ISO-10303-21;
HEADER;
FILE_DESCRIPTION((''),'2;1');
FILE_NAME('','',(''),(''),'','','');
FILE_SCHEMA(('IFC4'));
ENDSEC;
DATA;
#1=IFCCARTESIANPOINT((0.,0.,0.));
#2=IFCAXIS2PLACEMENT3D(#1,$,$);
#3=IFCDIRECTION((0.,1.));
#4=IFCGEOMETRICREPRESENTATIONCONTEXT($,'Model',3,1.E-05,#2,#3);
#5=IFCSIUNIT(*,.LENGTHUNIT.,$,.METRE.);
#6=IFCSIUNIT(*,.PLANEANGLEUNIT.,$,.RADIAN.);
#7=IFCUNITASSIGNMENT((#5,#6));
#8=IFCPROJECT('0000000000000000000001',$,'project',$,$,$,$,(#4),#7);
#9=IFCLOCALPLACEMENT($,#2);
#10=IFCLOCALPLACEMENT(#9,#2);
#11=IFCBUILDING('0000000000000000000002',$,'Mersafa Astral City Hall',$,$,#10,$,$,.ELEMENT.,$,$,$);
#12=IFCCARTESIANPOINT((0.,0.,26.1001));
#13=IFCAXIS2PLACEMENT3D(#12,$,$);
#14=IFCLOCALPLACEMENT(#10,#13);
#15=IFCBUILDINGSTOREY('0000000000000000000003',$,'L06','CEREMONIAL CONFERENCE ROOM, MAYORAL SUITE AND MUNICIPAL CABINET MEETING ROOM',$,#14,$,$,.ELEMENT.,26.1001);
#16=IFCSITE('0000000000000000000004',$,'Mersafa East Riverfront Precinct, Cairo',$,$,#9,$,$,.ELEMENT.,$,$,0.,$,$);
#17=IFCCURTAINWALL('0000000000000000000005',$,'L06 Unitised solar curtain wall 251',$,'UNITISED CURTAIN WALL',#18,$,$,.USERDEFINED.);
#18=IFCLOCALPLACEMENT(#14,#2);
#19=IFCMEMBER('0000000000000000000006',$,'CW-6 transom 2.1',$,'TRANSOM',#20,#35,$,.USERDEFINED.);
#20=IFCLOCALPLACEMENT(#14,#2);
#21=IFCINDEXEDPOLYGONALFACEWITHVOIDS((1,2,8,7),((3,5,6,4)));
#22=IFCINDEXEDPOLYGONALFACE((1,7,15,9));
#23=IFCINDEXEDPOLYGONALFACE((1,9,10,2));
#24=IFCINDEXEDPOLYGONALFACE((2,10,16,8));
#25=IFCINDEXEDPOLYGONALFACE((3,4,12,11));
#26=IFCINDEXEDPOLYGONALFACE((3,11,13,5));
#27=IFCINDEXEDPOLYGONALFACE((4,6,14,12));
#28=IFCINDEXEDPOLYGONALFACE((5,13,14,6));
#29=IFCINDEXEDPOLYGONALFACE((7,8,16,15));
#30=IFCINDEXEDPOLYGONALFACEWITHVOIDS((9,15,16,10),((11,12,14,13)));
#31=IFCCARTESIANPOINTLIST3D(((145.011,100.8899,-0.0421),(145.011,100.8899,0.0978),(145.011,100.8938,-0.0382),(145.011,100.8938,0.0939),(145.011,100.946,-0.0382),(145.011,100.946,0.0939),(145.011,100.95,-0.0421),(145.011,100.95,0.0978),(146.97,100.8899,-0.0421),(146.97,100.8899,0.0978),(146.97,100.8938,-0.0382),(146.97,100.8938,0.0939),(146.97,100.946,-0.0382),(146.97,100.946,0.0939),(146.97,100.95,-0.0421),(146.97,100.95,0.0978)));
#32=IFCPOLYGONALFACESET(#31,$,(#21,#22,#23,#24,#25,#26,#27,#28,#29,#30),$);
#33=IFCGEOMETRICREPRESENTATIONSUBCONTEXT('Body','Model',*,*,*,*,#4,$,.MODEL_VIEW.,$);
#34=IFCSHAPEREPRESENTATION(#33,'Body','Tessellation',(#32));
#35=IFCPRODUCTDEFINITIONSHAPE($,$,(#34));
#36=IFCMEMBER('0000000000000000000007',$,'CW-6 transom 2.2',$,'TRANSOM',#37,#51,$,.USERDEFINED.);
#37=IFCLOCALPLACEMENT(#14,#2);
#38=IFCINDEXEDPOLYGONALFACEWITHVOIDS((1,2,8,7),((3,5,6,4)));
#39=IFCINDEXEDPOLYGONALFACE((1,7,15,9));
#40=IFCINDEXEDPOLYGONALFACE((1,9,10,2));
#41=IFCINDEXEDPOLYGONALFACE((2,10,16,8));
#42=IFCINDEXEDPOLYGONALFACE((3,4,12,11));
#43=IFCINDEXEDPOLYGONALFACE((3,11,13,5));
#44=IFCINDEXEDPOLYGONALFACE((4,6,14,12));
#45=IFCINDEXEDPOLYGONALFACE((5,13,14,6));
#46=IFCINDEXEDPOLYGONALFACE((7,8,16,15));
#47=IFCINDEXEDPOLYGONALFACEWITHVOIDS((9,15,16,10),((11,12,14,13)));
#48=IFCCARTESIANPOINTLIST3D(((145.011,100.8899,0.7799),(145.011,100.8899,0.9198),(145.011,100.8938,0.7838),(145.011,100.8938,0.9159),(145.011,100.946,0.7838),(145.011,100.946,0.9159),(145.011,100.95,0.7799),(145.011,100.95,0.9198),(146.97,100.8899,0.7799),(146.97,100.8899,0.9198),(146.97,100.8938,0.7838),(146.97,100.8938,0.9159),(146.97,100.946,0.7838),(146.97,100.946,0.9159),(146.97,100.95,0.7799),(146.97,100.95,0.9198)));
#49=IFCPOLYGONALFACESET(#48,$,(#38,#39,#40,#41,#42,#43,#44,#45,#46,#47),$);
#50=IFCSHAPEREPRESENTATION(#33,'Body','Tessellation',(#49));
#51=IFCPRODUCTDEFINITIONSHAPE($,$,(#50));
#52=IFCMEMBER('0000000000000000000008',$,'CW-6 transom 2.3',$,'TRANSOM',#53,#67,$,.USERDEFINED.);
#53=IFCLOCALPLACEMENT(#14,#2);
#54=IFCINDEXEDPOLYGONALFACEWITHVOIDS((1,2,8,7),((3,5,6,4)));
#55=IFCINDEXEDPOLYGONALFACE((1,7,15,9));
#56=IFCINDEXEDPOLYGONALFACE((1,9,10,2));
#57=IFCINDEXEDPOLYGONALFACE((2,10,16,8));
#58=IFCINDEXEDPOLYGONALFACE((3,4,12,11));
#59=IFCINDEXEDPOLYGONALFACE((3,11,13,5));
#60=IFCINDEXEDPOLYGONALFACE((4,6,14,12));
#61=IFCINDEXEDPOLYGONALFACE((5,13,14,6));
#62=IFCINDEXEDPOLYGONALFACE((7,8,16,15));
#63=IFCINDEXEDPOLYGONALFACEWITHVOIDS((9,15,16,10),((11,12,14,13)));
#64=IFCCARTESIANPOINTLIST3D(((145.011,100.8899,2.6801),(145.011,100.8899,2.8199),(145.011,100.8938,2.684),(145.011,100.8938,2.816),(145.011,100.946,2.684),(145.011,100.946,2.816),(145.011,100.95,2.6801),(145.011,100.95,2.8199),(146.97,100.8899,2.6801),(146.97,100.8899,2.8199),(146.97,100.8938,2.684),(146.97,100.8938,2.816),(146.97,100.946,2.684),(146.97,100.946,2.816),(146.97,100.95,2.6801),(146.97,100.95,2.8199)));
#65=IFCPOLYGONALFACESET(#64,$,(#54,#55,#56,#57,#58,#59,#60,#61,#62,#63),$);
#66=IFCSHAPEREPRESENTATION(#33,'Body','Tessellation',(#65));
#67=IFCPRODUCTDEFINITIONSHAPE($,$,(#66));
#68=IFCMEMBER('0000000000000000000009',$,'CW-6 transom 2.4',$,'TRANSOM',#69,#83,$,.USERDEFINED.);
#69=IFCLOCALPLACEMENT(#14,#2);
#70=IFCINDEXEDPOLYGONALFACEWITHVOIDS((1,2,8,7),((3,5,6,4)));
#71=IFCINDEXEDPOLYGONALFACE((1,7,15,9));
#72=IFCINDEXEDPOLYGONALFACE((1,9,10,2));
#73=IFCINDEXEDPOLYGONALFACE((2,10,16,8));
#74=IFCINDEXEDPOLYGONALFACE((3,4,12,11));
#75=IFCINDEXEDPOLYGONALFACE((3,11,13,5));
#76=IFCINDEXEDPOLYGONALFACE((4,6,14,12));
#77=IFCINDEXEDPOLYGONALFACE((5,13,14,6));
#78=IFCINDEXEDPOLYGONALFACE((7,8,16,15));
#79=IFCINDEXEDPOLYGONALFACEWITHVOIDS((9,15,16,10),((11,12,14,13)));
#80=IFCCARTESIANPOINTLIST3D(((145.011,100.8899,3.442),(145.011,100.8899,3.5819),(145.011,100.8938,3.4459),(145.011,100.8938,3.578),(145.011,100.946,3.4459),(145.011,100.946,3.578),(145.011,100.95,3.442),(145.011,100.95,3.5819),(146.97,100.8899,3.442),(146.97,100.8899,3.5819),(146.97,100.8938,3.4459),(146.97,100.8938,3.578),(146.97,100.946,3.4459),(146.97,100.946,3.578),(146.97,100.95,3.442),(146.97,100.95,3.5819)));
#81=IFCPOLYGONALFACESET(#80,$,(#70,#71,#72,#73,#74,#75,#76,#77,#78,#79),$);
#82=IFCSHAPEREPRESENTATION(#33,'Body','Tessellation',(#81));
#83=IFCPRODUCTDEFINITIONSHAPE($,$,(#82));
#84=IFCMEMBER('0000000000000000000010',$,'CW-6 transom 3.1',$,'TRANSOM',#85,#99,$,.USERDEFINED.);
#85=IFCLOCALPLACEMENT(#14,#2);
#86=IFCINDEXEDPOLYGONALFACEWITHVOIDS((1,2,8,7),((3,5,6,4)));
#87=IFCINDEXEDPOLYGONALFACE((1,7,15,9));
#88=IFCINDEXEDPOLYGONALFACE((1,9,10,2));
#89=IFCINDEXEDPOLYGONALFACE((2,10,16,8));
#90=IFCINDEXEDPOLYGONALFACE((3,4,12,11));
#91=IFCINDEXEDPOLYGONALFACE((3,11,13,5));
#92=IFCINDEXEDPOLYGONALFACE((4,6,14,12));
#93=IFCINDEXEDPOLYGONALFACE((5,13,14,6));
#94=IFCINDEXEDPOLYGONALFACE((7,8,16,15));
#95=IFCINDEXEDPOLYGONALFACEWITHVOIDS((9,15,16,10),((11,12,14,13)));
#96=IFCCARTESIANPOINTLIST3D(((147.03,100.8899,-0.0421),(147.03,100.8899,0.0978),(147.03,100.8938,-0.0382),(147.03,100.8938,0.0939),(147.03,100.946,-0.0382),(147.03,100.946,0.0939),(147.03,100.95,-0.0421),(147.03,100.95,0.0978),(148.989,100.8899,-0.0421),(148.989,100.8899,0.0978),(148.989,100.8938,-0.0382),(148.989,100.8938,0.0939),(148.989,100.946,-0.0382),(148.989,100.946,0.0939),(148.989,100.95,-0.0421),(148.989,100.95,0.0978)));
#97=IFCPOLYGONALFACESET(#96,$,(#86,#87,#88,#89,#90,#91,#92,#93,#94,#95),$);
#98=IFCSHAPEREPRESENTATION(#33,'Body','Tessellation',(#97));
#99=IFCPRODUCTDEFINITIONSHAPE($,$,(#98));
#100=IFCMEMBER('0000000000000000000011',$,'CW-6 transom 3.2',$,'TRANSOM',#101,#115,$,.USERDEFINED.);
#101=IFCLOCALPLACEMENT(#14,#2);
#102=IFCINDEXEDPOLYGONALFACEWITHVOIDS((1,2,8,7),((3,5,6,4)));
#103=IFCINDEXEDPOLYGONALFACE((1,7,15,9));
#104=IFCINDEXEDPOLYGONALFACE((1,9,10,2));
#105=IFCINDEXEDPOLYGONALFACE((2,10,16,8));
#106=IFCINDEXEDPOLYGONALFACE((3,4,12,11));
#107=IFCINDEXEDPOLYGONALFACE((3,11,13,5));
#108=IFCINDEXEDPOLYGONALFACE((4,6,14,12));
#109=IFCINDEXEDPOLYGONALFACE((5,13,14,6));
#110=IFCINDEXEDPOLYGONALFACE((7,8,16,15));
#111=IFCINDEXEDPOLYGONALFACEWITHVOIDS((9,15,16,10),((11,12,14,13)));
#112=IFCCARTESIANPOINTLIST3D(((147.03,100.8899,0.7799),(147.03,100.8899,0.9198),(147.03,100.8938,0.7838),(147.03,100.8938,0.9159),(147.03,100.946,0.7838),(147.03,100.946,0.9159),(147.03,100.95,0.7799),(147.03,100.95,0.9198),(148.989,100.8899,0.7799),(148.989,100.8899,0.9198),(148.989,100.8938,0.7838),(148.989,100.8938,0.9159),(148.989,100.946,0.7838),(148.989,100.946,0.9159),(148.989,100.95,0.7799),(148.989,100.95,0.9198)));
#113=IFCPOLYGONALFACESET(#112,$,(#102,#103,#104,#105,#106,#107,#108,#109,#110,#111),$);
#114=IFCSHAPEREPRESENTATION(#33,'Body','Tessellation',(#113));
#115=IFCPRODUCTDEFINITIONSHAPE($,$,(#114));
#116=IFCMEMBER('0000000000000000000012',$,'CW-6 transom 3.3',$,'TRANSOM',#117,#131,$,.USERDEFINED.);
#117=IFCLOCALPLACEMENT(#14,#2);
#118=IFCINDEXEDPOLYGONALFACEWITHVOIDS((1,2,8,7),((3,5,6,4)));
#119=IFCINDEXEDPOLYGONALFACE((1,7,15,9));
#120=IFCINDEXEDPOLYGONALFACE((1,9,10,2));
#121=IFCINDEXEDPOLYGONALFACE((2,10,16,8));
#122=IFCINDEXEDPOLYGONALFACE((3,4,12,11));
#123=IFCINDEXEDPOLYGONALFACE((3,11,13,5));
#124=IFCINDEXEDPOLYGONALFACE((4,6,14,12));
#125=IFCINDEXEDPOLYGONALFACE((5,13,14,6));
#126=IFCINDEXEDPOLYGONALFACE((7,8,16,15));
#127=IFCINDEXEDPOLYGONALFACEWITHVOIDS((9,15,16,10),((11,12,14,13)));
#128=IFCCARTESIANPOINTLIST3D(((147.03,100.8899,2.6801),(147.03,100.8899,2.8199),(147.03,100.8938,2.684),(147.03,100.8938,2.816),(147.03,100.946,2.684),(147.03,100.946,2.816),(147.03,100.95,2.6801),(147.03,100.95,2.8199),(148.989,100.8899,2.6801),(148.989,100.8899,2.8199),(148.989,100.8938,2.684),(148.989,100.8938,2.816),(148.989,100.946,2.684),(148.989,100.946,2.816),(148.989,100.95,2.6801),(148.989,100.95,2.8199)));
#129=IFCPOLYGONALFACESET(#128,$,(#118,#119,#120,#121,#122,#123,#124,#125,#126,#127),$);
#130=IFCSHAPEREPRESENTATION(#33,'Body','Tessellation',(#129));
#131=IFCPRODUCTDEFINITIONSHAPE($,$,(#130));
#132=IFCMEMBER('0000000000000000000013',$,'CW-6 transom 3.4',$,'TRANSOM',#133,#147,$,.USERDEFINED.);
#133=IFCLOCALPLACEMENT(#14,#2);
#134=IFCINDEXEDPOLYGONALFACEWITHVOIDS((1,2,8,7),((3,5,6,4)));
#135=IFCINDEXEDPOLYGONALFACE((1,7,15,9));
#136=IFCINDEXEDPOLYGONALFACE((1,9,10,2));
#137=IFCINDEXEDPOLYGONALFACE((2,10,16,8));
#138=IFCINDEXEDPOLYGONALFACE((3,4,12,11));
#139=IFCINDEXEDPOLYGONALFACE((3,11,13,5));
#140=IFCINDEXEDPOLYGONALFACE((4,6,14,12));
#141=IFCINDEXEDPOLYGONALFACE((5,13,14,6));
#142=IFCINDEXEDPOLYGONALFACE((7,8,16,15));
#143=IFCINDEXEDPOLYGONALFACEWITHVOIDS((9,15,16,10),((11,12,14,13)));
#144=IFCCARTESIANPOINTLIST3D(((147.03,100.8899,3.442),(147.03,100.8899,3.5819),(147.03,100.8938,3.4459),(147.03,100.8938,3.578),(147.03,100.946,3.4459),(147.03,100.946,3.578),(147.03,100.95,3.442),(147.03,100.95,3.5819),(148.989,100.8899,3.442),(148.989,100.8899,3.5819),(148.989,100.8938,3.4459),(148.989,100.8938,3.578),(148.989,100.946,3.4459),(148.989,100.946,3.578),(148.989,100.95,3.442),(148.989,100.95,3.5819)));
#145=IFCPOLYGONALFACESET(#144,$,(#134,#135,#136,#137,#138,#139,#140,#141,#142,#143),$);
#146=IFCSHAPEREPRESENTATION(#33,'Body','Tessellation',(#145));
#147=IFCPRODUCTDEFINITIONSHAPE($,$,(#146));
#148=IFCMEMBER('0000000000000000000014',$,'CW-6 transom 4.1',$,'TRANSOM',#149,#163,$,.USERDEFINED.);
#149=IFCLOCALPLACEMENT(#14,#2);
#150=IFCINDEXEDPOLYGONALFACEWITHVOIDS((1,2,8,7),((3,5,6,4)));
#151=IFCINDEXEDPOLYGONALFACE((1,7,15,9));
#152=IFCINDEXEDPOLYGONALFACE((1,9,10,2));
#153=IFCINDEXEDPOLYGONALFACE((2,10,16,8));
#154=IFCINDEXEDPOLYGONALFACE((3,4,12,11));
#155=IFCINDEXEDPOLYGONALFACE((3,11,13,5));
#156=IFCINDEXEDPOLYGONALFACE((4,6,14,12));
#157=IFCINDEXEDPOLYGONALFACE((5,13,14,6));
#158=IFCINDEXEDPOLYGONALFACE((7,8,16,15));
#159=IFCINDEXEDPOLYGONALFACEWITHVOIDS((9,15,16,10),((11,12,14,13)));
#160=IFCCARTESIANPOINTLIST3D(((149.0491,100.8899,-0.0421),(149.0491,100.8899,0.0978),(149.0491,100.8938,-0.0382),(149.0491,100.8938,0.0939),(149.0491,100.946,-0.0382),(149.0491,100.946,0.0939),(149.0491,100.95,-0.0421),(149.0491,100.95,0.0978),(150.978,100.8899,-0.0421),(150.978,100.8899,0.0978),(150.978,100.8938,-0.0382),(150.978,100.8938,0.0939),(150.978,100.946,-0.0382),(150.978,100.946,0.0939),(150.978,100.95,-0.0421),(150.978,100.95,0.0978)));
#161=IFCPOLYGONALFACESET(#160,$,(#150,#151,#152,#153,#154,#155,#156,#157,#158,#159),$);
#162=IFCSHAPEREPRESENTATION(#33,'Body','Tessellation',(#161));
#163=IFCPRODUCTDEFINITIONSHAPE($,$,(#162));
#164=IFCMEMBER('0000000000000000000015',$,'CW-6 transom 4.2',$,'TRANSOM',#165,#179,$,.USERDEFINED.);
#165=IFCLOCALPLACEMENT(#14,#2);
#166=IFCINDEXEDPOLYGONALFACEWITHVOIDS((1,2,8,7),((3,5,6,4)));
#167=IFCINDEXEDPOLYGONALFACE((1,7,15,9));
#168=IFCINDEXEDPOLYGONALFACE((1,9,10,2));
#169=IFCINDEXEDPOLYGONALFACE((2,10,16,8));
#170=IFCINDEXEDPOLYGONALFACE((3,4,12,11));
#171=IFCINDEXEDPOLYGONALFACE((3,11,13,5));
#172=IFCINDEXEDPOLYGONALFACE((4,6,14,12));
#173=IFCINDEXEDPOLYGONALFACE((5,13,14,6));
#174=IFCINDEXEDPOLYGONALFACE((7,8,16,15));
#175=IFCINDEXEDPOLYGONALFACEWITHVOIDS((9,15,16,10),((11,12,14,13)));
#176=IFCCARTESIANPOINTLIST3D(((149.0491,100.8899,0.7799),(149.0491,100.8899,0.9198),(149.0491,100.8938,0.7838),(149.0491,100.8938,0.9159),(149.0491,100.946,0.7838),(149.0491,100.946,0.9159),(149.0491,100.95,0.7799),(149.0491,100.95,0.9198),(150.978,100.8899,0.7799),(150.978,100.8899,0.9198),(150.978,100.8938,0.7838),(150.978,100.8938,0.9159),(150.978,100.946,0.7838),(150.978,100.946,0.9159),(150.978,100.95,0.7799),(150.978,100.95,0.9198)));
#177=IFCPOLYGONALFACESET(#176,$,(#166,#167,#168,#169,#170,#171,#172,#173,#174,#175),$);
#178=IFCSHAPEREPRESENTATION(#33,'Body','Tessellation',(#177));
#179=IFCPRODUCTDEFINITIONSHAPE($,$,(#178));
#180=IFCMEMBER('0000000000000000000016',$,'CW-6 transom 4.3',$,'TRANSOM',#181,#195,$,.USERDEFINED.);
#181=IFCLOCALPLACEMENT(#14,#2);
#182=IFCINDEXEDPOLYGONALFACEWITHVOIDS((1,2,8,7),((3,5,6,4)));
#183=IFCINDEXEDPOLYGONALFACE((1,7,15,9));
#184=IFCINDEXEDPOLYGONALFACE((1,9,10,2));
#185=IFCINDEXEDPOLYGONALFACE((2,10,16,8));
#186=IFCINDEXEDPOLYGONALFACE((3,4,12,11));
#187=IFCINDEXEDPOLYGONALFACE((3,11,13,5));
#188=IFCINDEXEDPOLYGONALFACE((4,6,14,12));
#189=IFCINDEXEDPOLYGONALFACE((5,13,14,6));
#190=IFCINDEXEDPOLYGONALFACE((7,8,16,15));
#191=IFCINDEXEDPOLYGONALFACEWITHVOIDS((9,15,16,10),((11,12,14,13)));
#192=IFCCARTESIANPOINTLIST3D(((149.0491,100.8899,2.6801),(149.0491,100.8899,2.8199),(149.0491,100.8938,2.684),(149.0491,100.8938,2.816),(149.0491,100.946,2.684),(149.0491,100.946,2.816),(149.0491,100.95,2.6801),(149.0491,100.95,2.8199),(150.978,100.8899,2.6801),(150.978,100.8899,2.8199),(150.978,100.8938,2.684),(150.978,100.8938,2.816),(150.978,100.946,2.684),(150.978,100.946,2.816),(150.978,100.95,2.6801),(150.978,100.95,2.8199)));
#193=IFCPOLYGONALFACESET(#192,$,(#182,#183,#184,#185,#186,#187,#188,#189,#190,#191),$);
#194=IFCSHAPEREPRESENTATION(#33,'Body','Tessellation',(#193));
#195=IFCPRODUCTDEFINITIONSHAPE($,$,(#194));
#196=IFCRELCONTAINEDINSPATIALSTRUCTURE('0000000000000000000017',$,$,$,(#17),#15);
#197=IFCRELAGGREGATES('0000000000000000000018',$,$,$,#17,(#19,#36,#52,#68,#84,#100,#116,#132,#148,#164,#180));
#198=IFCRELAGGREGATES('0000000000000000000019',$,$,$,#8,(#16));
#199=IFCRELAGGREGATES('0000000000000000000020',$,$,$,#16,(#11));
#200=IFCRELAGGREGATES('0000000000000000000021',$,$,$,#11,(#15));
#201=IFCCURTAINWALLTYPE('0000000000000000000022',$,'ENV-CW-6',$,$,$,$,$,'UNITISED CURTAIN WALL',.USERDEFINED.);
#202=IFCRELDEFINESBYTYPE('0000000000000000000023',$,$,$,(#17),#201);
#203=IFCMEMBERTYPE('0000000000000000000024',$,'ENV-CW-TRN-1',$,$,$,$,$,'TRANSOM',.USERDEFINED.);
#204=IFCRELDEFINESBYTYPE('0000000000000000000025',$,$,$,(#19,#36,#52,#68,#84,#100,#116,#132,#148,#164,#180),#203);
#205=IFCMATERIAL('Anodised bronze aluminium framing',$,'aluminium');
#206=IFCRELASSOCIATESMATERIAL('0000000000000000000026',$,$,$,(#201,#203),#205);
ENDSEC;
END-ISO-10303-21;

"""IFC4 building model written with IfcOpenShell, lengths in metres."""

from ifc_helpers import new_model, si_unit, direction, frame, origin, origin_2d, place, context, subcontext, project, spatial, hollow_rectangle, extrude, material, material_profile, profile_set, type_object, element, aggregate, save


model = new_model("IFC4")

# Units and contexts
model_context = context("Model", 3, precision=1e-05, world=origin(), true_north=direction((0.0, 1.0)))
body_context = subcontext(model_context, "Body", "Model", "MODEL_VIEW")
ifc_project = project(units=[si_unit("LENGTHUNIT", "METRE"), si_unit("PLANEANGLEUNIT", "RADIAN")], contexts=[model_context])

# Site, building, storey
site_placement = place(None, origin())
site = spatial("IfcSite", under=ifc_project, at=site_placement, Name="Mersafa East Riverfront Precinct, Cairo", CompositionType="ELEMENT", RefElevation=0.0)
building_placement = place(site_placement, origin())
building = spatial("IfcBuilding", under=site, at=building_placement, Name="Mersafa Astral City Hall", CompositionType="ELEMENT")
storey_placement = place(building_placement, frame((0.0, 0.0, 26.1001)))
storey = spatial("IfcBuildingStorey", under=building, at=storey_placement, Name="L06", Description="CEREMONIAL CONFERENCE ROOM, MAYORAL SUITE AND MUNICIPAL CABINET MEETING ROOM", CompositionType="ELEMENT", Elevation=26.1001)

# Curtain wall, members
ifc_material_1 = material(Name="Anodised bronze aluminium framing", Category="aluminium")
curtain_wall_type = type_object("IfcCurtainWallType", Name="ENV-CW-6", ElementType="UNITISED CURTAIN WALL", PredefinedType="USERDEFINED", material=ifc_material_1)
curtain_wall_placement = place(storey_placement, origin())
curtain_wall = element("IfcCurtainWall", 1, at=curtain_wall_placement, inside=storey, type_object=curtain_wall_type, Name="L06 Unitised solar curtain wall 251", ObjectType="UNITISED CURTAIN WALL", PredefinedType="USERDEFINED")
ifc_material_profile_1 = material_profile(ifc_material_1, hollow_rectangle(XDim=0.0601, YDim=0.1399, WallThickness=0.0039, at=origin_2d()), Name="RHS 60x140x4")
ifc_profile_set_1 = profile_set([ifc_material_profile_1], Name="Anodised bronze aluminium framing")
member_type_1 = type_object("IfcMemberType", Name="ENV-CW-TRN-1", ElementType="TRANSOM", PredefinedType="USERDEFINED", material=ifc_profile_set_1)
member_1_placement = place(storey_placement, frame((145.011, 100.9199, 0.0278), z_axis=(1.0, 0.0, 0.0), x_axis=(0.0, 1.0, 0.0)))
member_1 = element("IfcMember", 2, at=member_1_placement, type_object=member_type_1, Name="CW-6 transom 2.1", ObjectType="TRANSOM", PredefinedType="USERDEFINED", context=body_context, shape_type="SweptSolid", body=[
    extrude(hollow_rectangle(XDim=0.0601, YDim=0.1399, WallThickness=0.0039, at=origin_2d()), origin(), (0.0, 0.0, 1.0), 1.959),
])
member_2_placement = place(storey_placement, frame((145.011, 100.9199, 0.8499), z_axis=(1.0, 0.0, 0.0), x_axis=(0.0, 1.0, 0.0)))
member_2 = element("IfcMember", 3, at=member_2_placement, type_object=member_type_1, Name="CW-6 transom 2.2", ObjectType="TRANSOM", PredefinedType="USERDEFINED", context=body_context, shape_type="SweptSolid", body=[
    extrude(hollow_rectangle(XDim=0.0601, YDim=0.1399, WallThickness=0.0039, at=origin_2d()), origin(), (0.0, 0.0, 1.0), 1.959),
])
member_3_placement = place(storey_placement, frame((145.011, 100.9199, 2.75), z_axis=(1.0, 0.0, 0.0), x_axis=(0.0, 1.0, 0.0)))
member_3 = element("IfcMember", 4, at=member_3_placement, type_object=member_type_1, Name="CW-6 transom 2.3", ObjectType="TRANSOM", PredefinedType="USERDEFINED", context=body_context, shape_type="SweptSolid", body=[
    extrude(hollow_rectangle(XDim=0.0601, YDim=0.1399, WallThickness=0.0039, at=origin_2d()), origin(), (0.0, 0.0, 1.0), 1.959),
])
member_4_placement = place(storey_placement, frame((145.011, 100.9199, 3.512), z_axis=(1.0, 0.0, 0.0), x_axis=(0.0, 1.0, 0.0)))
member_4 = element("IfcMember", 5, at=member_4_placement, type_object=member_type_1, Name="CW-6 transom 2.4", ObjectType="TRANSOM", PredefinedType="USERDEFINED", context=body_context, shape_type="SweptSolid", body=[
    extrude(hollow_rectangle(XDim=0.0601, YDim=0.1399, WallThickness=0.0039, at=origin_2d()), origin(), (0.0, 0.0, 1.0), 1.959),
])
member_5_placement = place(storey_placement, frame((147.03, 100.9199, 0.0278), z_axis=(1.0, 0.0, 0.0), x_axis=(0.0, 1.0, 0.0)))
member_5 = element("IfcMember", 6, at=member_5_placement, type_object=member_type_1, Name="CW-6 transom 3.1", ObjectType="TRANSOM", PredefinedType="USERDEFINED", context=body_context, shape_type="SweptSolid", body=[
    extrude(hollow_rectangle(XDim=0.0601, YDim=0.1399, WallThickness=0.0039, at=origin_2d()), origin(), (0.0, 0.0, 1.0), 1.959),
])
member_6_placement = place(storey_placement, frame((147.03, 100.9199, 0.8499), z_axis=(1.0, 0.0, 0.0), x_axis=(0.0, 1.0, 0.0)))
member_6 = element("IfcMember", 7, at=member_6_placement, type_object=member_type_1, Name="CW-6 transom 3.2", ObjectType="TRANSOM", PredefinedType="USERDEFINED", context=body_context, shape_type="SweptSolid", body=[
    extrude(hollow_rectangle(XDim=0.0601, YDim=0.1399, WallThickness=0.0039, at=origin_2d()), origin(), (0.0, 0.0, 1.0), 1.959),
])
member_7_placement = place(storey_placement, frame((147.03, 100.9199, 2.75), z_axis=(1.0, 0.0, 0.0), x_axis=(0.0, 1.0, 0.0)))
member_7 = element("IfcMember", 8, at=member_7_placement, type_object=member_type_1, Name="CW-6 transom 3.3", ObjectType="TRANSOM", PredefinedType="USERDEFINED", context=body_context, shape_type="SweptSolid", body=[
    extrude(hollow_rectangle(XDim=0.0601, YDim=0.1399, WallThickness=0.0039, at=origin_2d()), origin(), (0.0, 0.0, 1.0), 1.959),
])
member_8_placement = place(storey_placement, frame((147.03, 100.9199, 3.512), z_axis=(1.0, 0.0, 0.0), x_axis=(0.0, 1.0, 0.0)))
member_8 = element("IfcMember", 9, at=member_8_placement, type_object=member_type_1, Name="CW-6 transom 3.4", ObjectType="TRANSOM", PredefinedType="USERDEFINED", context=body_context, shape_type="SweptSolid", body=[
    extrude(hollow_rectangle(XDim=0.0601, YDim=0.1399, WallThickness=0.0039, at=origin_2d()), origin(), (0.0, 0.0, 1.0), 1.959),
])
member_9_placement = place(storey_placement, frame((149.0491, 100.9199, 0.0278), z_axis=(1.0, 0.0, 0.0), x_axis=(0.0, 1.0, 0.0)))
member_9 = element("IfcMember", 10, at=member_9_placement, type_object=member_type_1, Name="CW-6 transom 4.1", ObjectType="TRANSOM", PredefinedType="USERDEFINED", context=body_context, shape_type="SweptSolid", body=[
    extrude(hollow_rectangle(XDim=0.0601, YDim=0.1399, WallThickness=0.0039, at=origin_2d()), origin(), (0.0, 0.0, 1.0), 1.929),
])
member_10_placement = place(storey_placement, frame((149.0491, 100.9199, 0.8499), z_axis=(1.0, 0.0, 0.0), x_axis=(0.0, 1.0, 0.0)))
member_10 = element("IfcMember", 11, at=member_10_placement, type_object=member_type_1, Name="CW-6 transom 4.2", ObjectType="TRANSOM", PredefinedType="USERDEFINED", context=body_context, shape_type="SweptSolid", body=[
    extrude(hollow_rectangle(XDim=0.0601, YDim=0.1399, WallThickness=0.0039, at=origin_2d()), origin(), (0.0, 0.0, 1.0), 1.929),
])
member_11_placement = place(storey_placement, frame((149.0491, 100.9199, 2.75), z_axis=(1.0, 0.0, 0.0), x_axis=(0.0, 1.0, 0.0)))
member_11 = element("IfcMember", 12, at=member_11_placement, type_object=member_type_1, Name="CW-6 transom 4.3", ObjectType="TRANSOM", PredefinedType="USERDEFINED", context=body_context, shape_type="SweptSolid", body=[
    extrude(hollow_rectangle(XDim=0.0601, YDim=0.1399, WallThickness=0.0039, at=origin_2d()), origin(), (0.0, 0.0, 1.0), 1.929),
])

aggregate(curtain_wall, [member_1, member_2, member_3, member_4, member_5, member_6, member_7, member_8, member_9, member_10, member_11])

save(model, "model.ifc")
